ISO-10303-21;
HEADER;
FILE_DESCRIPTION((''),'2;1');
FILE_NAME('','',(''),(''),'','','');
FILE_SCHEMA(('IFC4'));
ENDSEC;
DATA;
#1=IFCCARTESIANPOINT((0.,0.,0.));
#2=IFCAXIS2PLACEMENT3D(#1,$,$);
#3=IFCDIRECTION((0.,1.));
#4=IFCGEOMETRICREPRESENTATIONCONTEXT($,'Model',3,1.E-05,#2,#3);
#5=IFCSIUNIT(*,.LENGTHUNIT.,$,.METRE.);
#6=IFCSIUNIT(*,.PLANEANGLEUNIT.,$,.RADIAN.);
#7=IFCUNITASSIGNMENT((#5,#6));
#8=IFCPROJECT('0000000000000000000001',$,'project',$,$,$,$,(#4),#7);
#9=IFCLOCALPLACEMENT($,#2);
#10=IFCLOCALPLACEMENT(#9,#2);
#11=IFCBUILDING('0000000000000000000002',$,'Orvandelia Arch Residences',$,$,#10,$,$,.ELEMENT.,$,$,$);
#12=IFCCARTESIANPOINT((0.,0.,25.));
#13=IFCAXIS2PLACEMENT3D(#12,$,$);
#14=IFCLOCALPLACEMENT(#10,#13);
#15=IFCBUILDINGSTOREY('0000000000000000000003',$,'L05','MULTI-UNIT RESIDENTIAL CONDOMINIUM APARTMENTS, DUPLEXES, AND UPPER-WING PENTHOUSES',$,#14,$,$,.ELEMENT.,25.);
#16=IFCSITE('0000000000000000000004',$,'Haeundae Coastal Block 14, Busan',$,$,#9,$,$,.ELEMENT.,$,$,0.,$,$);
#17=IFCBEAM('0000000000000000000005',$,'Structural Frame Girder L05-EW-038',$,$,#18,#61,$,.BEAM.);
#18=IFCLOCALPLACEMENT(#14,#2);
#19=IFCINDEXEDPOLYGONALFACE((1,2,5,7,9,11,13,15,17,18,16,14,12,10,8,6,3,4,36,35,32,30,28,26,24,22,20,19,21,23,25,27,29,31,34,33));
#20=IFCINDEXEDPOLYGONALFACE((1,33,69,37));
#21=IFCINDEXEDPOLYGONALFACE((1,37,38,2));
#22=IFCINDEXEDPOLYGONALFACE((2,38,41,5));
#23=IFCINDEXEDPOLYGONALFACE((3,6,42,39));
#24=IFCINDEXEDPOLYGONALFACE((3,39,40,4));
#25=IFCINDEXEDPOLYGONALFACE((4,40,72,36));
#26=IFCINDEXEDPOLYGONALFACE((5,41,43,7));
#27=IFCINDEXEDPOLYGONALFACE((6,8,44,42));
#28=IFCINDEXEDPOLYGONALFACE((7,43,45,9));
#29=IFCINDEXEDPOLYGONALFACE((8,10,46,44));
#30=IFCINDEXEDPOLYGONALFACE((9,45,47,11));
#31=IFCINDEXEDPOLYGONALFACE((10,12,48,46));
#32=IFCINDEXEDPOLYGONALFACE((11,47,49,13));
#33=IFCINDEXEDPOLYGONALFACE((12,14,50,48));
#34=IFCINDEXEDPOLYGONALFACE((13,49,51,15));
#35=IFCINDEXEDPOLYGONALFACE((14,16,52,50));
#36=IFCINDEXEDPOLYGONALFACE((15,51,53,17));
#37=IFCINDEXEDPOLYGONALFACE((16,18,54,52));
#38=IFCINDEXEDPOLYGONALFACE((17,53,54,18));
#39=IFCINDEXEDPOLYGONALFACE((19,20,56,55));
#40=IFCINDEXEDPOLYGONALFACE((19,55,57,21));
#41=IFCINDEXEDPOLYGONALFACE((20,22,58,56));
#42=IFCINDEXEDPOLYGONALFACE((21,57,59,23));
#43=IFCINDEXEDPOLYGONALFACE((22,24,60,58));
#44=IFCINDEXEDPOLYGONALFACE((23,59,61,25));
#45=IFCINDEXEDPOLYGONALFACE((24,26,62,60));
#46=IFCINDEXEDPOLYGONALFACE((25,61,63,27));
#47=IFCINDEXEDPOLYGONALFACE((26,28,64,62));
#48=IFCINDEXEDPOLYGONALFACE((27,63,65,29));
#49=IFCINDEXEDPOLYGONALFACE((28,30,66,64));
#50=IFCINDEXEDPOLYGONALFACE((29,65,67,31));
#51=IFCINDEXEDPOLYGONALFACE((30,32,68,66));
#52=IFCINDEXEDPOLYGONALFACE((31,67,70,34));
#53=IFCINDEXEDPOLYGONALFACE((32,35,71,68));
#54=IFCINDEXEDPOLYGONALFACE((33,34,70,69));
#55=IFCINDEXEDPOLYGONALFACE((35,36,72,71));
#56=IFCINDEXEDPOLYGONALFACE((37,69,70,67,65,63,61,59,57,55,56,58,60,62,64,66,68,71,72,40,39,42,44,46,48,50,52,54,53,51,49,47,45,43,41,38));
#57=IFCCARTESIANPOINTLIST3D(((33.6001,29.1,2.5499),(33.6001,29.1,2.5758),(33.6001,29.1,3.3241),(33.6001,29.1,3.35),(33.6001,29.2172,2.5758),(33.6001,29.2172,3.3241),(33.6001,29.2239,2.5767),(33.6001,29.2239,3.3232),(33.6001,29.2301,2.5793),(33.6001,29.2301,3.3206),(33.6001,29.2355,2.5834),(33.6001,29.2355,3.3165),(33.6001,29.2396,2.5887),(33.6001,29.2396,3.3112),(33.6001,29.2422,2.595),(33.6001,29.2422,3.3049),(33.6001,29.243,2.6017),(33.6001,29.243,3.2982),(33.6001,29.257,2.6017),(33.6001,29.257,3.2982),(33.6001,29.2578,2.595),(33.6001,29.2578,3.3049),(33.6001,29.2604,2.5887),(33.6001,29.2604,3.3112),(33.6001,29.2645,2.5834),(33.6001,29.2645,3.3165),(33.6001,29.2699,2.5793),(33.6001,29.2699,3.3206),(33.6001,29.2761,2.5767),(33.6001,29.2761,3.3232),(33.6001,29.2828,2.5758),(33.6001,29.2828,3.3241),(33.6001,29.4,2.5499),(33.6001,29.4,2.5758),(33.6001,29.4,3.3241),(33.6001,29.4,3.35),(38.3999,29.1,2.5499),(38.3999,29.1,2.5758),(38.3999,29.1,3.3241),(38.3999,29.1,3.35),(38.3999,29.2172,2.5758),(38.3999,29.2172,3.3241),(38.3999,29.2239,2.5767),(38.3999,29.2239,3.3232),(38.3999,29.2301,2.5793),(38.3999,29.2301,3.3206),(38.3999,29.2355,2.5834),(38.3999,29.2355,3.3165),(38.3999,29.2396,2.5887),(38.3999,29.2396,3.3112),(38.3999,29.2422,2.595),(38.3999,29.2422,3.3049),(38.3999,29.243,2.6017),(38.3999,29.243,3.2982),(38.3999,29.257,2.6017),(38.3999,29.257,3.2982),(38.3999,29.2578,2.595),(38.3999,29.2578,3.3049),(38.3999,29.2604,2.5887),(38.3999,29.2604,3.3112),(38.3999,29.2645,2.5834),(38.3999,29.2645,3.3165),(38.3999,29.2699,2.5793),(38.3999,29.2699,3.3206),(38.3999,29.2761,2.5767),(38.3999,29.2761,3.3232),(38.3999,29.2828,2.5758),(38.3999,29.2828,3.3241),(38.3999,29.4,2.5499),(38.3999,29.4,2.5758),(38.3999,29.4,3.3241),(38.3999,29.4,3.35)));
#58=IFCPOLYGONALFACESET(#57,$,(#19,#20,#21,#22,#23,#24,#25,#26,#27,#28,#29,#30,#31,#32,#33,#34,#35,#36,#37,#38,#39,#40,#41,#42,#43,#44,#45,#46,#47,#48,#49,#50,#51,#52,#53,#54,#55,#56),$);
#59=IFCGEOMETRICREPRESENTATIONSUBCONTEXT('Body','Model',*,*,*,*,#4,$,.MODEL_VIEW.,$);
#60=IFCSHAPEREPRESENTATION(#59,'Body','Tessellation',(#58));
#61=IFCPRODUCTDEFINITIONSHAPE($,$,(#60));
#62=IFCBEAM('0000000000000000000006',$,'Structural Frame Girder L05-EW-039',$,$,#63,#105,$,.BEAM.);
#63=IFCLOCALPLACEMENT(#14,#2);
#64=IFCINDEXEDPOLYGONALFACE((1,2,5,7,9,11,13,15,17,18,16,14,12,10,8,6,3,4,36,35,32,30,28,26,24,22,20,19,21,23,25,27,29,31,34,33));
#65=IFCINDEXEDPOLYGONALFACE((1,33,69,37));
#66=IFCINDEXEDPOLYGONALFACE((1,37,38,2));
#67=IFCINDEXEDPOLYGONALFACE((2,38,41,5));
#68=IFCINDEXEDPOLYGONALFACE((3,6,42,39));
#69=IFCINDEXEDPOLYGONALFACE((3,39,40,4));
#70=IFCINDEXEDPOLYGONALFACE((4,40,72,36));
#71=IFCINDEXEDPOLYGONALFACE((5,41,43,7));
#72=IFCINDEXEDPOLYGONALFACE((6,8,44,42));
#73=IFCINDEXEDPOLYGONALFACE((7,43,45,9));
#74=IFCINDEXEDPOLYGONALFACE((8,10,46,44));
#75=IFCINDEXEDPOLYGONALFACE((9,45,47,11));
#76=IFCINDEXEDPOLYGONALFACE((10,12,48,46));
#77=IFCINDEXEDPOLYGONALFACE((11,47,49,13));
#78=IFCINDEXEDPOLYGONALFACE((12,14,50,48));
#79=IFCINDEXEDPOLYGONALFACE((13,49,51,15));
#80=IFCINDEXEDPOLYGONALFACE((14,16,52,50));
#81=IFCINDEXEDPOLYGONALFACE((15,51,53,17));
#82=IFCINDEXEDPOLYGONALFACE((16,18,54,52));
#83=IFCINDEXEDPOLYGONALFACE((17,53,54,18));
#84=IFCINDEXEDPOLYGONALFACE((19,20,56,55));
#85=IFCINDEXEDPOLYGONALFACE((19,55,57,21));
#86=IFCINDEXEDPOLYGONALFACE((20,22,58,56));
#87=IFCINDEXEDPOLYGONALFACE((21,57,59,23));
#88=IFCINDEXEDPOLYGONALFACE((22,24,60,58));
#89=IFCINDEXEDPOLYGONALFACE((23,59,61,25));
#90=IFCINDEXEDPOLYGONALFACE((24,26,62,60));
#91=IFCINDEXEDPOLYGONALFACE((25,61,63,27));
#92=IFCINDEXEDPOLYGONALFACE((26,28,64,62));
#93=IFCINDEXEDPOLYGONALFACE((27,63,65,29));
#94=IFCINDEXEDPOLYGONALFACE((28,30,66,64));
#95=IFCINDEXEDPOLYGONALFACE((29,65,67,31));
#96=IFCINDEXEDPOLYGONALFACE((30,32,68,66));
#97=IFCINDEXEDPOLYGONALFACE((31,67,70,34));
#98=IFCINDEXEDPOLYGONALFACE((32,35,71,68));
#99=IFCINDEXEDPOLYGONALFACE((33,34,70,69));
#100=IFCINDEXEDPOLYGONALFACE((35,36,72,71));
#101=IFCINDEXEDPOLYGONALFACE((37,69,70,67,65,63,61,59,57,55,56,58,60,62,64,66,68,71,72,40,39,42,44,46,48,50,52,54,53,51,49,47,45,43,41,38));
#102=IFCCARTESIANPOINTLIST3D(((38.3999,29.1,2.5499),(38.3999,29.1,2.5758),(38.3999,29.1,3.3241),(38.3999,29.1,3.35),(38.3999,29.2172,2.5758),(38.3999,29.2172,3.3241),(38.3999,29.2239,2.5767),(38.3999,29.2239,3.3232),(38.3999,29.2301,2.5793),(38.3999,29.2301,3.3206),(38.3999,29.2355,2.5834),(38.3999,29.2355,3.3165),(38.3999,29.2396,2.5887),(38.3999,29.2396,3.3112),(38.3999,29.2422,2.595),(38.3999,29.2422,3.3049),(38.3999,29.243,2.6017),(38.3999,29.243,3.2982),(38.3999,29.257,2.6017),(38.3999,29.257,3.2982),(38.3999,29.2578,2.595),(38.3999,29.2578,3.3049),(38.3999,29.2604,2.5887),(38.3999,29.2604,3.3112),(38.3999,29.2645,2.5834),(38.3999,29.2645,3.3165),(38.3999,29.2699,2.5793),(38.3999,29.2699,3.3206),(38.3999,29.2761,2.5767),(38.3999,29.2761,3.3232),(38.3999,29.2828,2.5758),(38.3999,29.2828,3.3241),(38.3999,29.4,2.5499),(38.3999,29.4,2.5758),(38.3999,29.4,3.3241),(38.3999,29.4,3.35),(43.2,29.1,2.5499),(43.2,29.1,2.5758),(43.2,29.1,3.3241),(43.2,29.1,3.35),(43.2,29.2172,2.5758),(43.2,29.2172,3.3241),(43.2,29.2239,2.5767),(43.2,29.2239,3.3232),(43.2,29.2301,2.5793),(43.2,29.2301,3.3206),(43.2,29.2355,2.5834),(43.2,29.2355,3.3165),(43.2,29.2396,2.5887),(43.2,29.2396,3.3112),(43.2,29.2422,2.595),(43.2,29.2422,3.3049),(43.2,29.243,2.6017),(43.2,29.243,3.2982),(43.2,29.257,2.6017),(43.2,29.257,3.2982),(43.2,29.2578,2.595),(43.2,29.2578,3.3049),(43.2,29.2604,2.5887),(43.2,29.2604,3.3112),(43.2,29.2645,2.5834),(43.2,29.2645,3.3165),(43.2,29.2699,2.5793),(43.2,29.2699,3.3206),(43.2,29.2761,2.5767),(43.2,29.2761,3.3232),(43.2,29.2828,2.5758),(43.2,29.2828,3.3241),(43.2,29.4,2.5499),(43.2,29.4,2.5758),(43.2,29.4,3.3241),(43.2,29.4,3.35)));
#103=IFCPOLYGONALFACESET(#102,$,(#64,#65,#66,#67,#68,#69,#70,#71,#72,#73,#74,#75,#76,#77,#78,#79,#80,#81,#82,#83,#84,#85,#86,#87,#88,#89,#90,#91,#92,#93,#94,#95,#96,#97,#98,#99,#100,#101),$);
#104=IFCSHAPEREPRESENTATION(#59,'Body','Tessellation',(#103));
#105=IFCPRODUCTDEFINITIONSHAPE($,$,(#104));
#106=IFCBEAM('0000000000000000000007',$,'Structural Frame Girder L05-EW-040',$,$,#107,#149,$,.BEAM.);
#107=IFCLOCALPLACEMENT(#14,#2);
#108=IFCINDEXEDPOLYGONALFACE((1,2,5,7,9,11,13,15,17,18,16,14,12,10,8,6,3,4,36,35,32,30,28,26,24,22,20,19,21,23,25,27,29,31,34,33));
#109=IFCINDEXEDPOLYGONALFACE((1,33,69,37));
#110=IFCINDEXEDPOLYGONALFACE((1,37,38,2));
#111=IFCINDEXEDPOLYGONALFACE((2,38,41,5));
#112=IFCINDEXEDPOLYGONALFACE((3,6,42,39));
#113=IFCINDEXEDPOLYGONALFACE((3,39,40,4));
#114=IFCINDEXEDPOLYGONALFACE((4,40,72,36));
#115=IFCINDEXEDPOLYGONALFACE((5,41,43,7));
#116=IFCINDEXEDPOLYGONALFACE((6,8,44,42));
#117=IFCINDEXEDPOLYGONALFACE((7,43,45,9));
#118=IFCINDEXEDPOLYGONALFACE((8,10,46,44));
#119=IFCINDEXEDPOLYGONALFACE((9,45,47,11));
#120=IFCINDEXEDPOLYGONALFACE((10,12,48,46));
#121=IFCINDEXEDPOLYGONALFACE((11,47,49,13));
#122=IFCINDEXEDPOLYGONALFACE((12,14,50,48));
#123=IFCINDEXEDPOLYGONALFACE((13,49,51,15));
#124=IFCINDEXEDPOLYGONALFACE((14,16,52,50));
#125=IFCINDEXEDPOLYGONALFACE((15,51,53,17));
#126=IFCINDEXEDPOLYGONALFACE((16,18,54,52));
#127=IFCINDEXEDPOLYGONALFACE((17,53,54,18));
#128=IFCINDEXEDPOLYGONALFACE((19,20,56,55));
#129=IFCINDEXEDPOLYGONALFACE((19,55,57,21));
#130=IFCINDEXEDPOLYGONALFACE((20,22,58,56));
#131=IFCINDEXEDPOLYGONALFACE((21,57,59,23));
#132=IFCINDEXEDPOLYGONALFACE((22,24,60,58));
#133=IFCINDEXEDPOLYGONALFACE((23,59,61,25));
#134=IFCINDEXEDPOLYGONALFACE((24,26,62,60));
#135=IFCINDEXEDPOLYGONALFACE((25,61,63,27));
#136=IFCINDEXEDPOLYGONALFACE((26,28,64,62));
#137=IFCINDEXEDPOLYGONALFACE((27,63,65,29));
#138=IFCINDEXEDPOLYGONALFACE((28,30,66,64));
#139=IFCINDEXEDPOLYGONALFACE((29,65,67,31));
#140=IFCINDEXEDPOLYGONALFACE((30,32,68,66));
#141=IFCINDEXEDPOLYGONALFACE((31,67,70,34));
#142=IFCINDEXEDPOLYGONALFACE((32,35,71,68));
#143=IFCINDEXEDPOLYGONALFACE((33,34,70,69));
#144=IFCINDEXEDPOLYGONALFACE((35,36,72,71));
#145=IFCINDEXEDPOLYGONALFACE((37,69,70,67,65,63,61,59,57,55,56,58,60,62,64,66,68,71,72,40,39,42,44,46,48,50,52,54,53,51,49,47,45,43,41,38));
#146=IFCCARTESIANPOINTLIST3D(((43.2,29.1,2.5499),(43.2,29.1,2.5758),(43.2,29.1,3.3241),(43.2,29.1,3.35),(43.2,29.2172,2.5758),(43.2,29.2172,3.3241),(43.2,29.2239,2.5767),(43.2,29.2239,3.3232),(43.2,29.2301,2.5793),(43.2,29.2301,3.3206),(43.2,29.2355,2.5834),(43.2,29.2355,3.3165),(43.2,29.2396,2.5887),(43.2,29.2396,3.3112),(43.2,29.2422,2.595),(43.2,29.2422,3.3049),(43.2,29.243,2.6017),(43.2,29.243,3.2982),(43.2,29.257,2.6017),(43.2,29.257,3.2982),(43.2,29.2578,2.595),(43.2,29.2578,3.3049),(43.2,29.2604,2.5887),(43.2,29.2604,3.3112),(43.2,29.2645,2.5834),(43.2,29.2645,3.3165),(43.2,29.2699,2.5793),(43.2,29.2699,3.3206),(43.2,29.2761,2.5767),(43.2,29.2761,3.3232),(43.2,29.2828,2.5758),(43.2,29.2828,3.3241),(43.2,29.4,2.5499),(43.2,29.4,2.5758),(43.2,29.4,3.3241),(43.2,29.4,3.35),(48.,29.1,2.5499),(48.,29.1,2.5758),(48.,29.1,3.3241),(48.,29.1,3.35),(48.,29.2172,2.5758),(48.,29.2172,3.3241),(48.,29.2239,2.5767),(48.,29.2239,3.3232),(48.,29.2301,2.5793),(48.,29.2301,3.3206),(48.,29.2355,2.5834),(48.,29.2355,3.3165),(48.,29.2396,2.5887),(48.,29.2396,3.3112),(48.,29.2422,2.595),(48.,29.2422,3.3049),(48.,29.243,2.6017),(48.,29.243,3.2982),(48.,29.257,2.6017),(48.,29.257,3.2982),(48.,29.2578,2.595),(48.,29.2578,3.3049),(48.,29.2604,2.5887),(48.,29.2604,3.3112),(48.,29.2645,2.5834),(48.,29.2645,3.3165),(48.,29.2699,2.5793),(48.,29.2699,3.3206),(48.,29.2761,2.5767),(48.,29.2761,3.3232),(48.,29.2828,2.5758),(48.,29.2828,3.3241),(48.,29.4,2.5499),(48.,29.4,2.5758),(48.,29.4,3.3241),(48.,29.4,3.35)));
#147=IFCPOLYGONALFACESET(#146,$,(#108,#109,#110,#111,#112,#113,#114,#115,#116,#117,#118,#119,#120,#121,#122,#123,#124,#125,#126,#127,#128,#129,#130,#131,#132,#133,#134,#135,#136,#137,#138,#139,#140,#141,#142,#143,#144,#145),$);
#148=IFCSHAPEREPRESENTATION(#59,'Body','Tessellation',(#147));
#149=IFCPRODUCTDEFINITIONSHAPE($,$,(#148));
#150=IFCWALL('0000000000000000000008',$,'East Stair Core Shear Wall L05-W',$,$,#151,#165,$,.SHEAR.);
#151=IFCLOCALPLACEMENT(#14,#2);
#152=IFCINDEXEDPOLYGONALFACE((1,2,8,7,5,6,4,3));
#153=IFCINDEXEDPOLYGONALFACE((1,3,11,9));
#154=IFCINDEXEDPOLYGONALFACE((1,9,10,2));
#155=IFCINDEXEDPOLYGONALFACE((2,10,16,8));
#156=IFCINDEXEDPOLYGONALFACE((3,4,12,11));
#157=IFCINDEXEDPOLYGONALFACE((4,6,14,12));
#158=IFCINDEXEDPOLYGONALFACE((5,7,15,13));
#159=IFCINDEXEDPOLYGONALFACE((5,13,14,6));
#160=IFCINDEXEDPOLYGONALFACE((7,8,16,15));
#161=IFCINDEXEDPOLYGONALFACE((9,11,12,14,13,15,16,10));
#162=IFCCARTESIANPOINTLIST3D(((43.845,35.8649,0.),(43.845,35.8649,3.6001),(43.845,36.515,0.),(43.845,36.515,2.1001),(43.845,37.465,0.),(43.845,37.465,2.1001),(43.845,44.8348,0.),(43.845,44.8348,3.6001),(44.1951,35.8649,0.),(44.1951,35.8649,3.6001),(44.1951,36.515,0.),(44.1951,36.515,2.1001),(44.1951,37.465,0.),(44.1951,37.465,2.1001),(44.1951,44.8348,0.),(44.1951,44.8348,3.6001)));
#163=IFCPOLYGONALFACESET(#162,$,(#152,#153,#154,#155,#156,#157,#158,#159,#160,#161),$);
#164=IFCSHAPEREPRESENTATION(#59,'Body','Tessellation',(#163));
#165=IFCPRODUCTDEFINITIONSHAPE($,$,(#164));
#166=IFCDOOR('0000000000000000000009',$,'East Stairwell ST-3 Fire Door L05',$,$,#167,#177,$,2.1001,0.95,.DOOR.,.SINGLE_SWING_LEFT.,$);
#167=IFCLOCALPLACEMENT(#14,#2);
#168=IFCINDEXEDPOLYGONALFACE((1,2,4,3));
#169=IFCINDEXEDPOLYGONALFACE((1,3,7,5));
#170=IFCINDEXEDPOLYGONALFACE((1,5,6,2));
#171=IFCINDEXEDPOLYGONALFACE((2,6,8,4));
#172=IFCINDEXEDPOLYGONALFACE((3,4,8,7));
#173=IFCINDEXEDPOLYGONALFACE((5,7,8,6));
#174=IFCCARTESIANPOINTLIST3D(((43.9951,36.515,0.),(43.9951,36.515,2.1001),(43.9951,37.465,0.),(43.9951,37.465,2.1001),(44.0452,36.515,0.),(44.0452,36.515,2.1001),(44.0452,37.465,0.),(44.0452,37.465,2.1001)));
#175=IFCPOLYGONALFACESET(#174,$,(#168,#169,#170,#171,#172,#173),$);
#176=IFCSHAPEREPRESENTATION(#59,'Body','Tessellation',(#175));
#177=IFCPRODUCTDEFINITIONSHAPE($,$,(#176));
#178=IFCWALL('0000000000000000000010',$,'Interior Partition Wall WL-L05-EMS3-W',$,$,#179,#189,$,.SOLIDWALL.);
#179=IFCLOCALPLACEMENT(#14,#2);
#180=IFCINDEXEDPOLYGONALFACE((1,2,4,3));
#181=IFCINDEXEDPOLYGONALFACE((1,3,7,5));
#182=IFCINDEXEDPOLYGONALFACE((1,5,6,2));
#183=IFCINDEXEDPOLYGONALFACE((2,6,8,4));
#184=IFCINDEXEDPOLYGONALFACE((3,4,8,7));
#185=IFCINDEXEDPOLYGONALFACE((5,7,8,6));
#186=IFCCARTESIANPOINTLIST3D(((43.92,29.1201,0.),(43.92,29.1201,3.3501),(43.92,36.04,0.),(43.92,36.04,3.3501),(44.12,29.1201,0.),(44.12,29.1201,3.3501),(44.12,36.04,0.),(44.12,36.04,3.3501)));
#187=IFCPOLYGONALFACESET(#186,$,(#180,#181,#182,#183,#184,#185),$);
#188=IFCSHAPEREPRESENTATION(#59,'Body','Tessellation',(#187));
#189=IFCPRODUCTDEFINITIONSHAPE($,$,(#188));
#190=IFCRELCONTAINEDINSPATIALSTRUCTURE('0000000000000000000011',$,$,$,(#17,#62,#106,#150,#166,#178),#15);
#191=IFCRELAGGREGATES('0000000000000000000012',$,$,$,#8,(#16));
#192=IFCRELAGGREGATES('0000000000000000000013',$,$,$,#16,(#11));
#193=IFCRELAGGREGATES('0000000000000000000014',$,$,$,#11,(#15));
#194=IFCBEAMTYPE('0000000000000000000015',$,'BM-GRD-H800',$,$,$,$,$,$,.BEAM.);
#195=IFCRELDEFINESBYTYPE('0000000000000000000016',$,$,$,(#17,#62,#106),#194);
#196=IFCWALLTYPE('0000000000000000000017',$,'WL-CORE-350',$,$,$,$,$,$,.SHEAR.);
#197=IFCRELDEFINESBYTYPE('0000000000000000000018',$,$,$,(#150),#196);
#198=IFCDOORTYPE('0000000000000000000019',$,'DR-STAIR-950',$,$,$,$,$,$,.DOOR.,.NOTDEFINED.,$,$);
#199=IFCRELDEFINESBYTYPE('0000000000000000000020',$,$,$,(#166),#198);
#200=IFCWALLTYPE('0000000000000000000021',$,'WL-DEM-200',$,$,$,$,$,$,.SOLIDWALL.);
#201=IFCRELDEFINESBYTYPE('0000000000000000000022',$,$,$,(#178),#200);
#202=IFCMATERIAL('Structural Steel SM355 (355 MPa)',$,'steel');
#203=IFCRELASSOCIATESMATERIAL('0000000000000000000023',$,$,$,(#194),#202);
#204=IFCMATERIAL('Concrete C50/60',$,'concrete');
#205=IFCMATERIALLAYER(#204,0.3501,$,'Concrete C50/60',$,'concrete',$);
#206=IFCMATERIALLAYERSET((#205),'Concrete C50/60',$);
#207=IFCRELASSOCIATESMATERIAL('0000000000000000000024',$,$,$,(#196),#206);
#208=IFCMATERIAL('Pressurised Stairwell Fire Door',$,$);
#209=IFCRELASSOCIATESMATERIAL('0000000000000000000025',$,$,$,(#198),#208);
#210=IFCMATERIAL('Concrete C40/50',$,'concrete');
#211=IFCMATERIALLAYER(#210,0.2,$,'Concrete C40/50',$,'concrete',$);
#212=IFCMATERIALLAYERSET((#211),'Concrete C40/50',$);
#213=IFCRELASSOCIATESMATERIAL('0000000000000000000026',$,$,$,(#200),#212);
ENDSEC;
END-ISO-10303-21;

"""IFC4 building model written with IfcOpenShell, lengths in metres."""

from ifc_helpers import new_model, si_unit, direction, frame, frame_2d, origin, origin_2d, place, context, subcontext, project, spatial, rectangle, i_section, extrude, material, layer, layer_set, material_profile, profile_set, type_object, element, fill, save


model = new_model("IFC4")

# Units and contexts
model_context = context("Model", 3, precision=1e-05, world=origin(), true_north=direction((0.0, 1.0)))
body_context = subcontext(model_context, "Body", "Model", "MODEL_VIEW")
ifc_project = project(units=[si_unit("LENGTHUNIT", "METRE"), si_unit("PLANEANGLEUNIT", "RADIAN")], contexts=[model_context])

# Site, building, storey
site_placement = place(None, origin())
site = spatial("IfcSite", under=ifc_project, at=site_placement, Name="Haeundae Coastal Block 14, Busan", CompositionType="ELEMENT", RefElevation=0.0)
building_placement = place(site_placement, origin())
building = spatial("IfcBuilding", under=site, at=building_placement, Name="Orvandelia Arch Residences", CompositionType="ELEMENT")
storey_placement = place(building_placement, frame((0.0, 0.0, 25.0)))
storey = spatial("IfcBuildingStorey", under=building, at=storey_placement, Name="L05", Description="MULTI-UNIT RESIDENTIAL CONDOMINIUM APARTMENTS, DUPLEXES, AND UPPER-WING PENTHOUSES", CompositionType="ELEMENT", Elevation=25.0)

# Beams
ifc_material_1 = material(Name="Structural Steel SM355 (355 MPa)", Category="steel")
ifc_material_profile_1 = material_profile(ifc_material_1, i_section(OverallWidth=0.3, OverallDepth=0.8, WebThickness=0.0139, FlangeThickness=0.0259, FilletRadius=0.0259, at=origin_2d()), Name="Structural Steel SM355 (355 MPa)", Category="steel")
ifc_profile_set_1 = profile_set([ifc_material_profile_1], Name="Structural Steel SM355 (355 MPa)")
beam_type = type_object("IfcBeamType", Name="BM-GRD-H800", PredefinedType="BEAM", material=ifc_profile_set_1)
beam_placement = place(storey_placement, frame((33.6001, 29.25, 2.95), z_axis=(1.0, 0.0, 0.0), x_axis=(0.0, 1.0, 0.0)))
element("IfcBeam", 1, at=beam_placement, inside=storey, type_object=beam_type, Name="Structural Frame Girder L05-EW-038", PredefinedType="BEAM", context=body_context, shape_type="SweptSolid", body=[
    extrude(i_section(OverallWidth=0.3, OverallDepth=0.8, WebThickness=0.0139, FlangeThickness=0.0259, FilletRadius=0.0259, at=origin_2d()), origin(), (0.0, 0.0, 1.0), 4.7998),
])
for number, where, z_axis, x_axis, name in (
    (2, (38.3999, 29.25, 2.95), (1.0, 0.0, 0.0), (0.0, 1.0, 0.0), "Structural Frame Girder L05-EW-039"),
    (3, (43.2, 29.25, 2.95), (1.0, 0.0, 0.0), (0.0, 1.0, 0.0), "Structural Frame Girder L05-EW-040"),
):
    element("IfcBeam", number, at=place(storey_placement, frame(where, z_axis=z_axis, x_axis=x_axis)), inside=storey, type_object=beam_type, Name=name, PredefinedType="BEAM", context=body_context, shape_type="SweptSolid", body=[
        extrude(i_section(OverallWidth=0.3, OverallDepth=0.8, WebThickness=0.0139, FlangeThickness=0.0259, FilletRadius=0.0259, at=origin_2d()), origin(), (0.0, 0.0, 1.0), 4.8),
    ])

# Wall, opening, door
ifc_material_2 = material(Name="Concrete C50/60", Category="concrete")
ifc_layer_1 = layer(ifc_material_2, 0.3501, Name="Concrete C50/60", Category="concrete")
ifc_layer_set_1 = layer_set([ifc_layer_1], Name="Concrete C50/60")
wall_type_1 = type_object("IfcWallType", Name="WL-CORE-350", PredefinedType="SHEAR", material=ifc_layer_set_1)
wall_1_placement = place(storey_placement, frame((44.02, 35.865, 0.0), z_axis=(0.0, 0.0, 1.0), x_axis=(0.0, 1.0, 0.0)))
wall_1 = element("IfcWall", 4, at=wall_1_placement, inside=storey, type_object=wall_type_1, Name="East Stair Core Shear Wall L05-W", PredefinedType="SHEAR", context=body_context, shape_type="SweptSolid", body=[
    extrude(rectangle(XDim=8.97, YDim=0.3501, at=frame_2d((4.4849, 0.0))), origin(), (0.0, 0.0, 1.0), 3.6001),
])
opening_1_placement = place(wall_1_placement, frame((0.6499, 0.0, 0.0)))
opening_1 = element("IfcOpeningElement", 5, at=opening_1_placement, cuts=wall_1, PredefinedType="OPENING", context=body_context, shape_type="SweptSolid", body=[
    extrude(rectangle(XDim=0.95, YDim=2.1001, at=frame_2d((0.4751, 1.05))), frame((0.0, 0.1851, 0.0), z_axis=(0.0, -1.0, 0.0), x_axis=(1.0, 0.0, 0.0)), (0.0, 0.0, 1.0), 0.3701),
])
ifc_material_3 = material(Name="Pressurised Stairwell Fire Door")
door_type_1 = type_object("IfcDoorType", Name="DR-STAIR-950", OperationType="NOTDEFINED", PredefinedType="DOOR", material=ifc_material_3)
door_1_placement = place(opening_1_placement, origin())
door_1 = element("IfcDoor", 6, at=door_1_placement, inside=storey, type_object=door_type_1, Name="East Stairwell ST-3 Fire Door L05", OperationType="SINGLE_SWING_LEFT", OverallHeight=2.1001, OverallWidth=0.95, PredefinedType="DOOR", context=body_context, shape_type="SweptSolid", body=[
    extrude(rectangle(XDim=0.95, YDim=2.1001, at=frame_2d((0.4751, 1.05))), frame((0.0, 0.0249, 0.0), z_axis=(0.0, -1.0, 0.0), x_axis=(1.0, 0.0, 0.0)), (0.0, 0.0, 1.0), 0.05),
])
fill(opening_1, door_1)

# Wall
ifc_material_4 = material(Name="Concrete C40/50", Category="concrete")
ifc_layer_2 = layer(ifc_material_4, 0.2, Name="Concrete C40/50", Category="concrete")
ifc_layer_set_2 = layer_set([ifc_layer_2], Name="Concrete C40/50")
wall_type_2 = type_object("IfcWallType", Name="WL-DEM-200", PredefinedType="SOLIDWALL", material=ifc_layer_set_2)
wall_2_placement = place(storey_placement, frame((44.02, 29.1201, 0.0), z_axis=(0.0, 0.0, 1.0), x_axis=(0.0, 1.0, 0.0)))
element("IfcWall", 7, at=wall_2_placement, inside=storey, type_object=wall_type_2, Name="Interior Partition Wall WL-L05-EMS3-W", PredefinedType="SOLIDWALL", context=body_context, shape_type="SweptSolid", body=[
    extrude(rectangle(XDim=6.9199, YDim=0.2, at=frame_2d((3.46, 0.0))), origin(), (0.0, 0.0, 1.0), 3.3501),
])

save(model, "model.ifc")
